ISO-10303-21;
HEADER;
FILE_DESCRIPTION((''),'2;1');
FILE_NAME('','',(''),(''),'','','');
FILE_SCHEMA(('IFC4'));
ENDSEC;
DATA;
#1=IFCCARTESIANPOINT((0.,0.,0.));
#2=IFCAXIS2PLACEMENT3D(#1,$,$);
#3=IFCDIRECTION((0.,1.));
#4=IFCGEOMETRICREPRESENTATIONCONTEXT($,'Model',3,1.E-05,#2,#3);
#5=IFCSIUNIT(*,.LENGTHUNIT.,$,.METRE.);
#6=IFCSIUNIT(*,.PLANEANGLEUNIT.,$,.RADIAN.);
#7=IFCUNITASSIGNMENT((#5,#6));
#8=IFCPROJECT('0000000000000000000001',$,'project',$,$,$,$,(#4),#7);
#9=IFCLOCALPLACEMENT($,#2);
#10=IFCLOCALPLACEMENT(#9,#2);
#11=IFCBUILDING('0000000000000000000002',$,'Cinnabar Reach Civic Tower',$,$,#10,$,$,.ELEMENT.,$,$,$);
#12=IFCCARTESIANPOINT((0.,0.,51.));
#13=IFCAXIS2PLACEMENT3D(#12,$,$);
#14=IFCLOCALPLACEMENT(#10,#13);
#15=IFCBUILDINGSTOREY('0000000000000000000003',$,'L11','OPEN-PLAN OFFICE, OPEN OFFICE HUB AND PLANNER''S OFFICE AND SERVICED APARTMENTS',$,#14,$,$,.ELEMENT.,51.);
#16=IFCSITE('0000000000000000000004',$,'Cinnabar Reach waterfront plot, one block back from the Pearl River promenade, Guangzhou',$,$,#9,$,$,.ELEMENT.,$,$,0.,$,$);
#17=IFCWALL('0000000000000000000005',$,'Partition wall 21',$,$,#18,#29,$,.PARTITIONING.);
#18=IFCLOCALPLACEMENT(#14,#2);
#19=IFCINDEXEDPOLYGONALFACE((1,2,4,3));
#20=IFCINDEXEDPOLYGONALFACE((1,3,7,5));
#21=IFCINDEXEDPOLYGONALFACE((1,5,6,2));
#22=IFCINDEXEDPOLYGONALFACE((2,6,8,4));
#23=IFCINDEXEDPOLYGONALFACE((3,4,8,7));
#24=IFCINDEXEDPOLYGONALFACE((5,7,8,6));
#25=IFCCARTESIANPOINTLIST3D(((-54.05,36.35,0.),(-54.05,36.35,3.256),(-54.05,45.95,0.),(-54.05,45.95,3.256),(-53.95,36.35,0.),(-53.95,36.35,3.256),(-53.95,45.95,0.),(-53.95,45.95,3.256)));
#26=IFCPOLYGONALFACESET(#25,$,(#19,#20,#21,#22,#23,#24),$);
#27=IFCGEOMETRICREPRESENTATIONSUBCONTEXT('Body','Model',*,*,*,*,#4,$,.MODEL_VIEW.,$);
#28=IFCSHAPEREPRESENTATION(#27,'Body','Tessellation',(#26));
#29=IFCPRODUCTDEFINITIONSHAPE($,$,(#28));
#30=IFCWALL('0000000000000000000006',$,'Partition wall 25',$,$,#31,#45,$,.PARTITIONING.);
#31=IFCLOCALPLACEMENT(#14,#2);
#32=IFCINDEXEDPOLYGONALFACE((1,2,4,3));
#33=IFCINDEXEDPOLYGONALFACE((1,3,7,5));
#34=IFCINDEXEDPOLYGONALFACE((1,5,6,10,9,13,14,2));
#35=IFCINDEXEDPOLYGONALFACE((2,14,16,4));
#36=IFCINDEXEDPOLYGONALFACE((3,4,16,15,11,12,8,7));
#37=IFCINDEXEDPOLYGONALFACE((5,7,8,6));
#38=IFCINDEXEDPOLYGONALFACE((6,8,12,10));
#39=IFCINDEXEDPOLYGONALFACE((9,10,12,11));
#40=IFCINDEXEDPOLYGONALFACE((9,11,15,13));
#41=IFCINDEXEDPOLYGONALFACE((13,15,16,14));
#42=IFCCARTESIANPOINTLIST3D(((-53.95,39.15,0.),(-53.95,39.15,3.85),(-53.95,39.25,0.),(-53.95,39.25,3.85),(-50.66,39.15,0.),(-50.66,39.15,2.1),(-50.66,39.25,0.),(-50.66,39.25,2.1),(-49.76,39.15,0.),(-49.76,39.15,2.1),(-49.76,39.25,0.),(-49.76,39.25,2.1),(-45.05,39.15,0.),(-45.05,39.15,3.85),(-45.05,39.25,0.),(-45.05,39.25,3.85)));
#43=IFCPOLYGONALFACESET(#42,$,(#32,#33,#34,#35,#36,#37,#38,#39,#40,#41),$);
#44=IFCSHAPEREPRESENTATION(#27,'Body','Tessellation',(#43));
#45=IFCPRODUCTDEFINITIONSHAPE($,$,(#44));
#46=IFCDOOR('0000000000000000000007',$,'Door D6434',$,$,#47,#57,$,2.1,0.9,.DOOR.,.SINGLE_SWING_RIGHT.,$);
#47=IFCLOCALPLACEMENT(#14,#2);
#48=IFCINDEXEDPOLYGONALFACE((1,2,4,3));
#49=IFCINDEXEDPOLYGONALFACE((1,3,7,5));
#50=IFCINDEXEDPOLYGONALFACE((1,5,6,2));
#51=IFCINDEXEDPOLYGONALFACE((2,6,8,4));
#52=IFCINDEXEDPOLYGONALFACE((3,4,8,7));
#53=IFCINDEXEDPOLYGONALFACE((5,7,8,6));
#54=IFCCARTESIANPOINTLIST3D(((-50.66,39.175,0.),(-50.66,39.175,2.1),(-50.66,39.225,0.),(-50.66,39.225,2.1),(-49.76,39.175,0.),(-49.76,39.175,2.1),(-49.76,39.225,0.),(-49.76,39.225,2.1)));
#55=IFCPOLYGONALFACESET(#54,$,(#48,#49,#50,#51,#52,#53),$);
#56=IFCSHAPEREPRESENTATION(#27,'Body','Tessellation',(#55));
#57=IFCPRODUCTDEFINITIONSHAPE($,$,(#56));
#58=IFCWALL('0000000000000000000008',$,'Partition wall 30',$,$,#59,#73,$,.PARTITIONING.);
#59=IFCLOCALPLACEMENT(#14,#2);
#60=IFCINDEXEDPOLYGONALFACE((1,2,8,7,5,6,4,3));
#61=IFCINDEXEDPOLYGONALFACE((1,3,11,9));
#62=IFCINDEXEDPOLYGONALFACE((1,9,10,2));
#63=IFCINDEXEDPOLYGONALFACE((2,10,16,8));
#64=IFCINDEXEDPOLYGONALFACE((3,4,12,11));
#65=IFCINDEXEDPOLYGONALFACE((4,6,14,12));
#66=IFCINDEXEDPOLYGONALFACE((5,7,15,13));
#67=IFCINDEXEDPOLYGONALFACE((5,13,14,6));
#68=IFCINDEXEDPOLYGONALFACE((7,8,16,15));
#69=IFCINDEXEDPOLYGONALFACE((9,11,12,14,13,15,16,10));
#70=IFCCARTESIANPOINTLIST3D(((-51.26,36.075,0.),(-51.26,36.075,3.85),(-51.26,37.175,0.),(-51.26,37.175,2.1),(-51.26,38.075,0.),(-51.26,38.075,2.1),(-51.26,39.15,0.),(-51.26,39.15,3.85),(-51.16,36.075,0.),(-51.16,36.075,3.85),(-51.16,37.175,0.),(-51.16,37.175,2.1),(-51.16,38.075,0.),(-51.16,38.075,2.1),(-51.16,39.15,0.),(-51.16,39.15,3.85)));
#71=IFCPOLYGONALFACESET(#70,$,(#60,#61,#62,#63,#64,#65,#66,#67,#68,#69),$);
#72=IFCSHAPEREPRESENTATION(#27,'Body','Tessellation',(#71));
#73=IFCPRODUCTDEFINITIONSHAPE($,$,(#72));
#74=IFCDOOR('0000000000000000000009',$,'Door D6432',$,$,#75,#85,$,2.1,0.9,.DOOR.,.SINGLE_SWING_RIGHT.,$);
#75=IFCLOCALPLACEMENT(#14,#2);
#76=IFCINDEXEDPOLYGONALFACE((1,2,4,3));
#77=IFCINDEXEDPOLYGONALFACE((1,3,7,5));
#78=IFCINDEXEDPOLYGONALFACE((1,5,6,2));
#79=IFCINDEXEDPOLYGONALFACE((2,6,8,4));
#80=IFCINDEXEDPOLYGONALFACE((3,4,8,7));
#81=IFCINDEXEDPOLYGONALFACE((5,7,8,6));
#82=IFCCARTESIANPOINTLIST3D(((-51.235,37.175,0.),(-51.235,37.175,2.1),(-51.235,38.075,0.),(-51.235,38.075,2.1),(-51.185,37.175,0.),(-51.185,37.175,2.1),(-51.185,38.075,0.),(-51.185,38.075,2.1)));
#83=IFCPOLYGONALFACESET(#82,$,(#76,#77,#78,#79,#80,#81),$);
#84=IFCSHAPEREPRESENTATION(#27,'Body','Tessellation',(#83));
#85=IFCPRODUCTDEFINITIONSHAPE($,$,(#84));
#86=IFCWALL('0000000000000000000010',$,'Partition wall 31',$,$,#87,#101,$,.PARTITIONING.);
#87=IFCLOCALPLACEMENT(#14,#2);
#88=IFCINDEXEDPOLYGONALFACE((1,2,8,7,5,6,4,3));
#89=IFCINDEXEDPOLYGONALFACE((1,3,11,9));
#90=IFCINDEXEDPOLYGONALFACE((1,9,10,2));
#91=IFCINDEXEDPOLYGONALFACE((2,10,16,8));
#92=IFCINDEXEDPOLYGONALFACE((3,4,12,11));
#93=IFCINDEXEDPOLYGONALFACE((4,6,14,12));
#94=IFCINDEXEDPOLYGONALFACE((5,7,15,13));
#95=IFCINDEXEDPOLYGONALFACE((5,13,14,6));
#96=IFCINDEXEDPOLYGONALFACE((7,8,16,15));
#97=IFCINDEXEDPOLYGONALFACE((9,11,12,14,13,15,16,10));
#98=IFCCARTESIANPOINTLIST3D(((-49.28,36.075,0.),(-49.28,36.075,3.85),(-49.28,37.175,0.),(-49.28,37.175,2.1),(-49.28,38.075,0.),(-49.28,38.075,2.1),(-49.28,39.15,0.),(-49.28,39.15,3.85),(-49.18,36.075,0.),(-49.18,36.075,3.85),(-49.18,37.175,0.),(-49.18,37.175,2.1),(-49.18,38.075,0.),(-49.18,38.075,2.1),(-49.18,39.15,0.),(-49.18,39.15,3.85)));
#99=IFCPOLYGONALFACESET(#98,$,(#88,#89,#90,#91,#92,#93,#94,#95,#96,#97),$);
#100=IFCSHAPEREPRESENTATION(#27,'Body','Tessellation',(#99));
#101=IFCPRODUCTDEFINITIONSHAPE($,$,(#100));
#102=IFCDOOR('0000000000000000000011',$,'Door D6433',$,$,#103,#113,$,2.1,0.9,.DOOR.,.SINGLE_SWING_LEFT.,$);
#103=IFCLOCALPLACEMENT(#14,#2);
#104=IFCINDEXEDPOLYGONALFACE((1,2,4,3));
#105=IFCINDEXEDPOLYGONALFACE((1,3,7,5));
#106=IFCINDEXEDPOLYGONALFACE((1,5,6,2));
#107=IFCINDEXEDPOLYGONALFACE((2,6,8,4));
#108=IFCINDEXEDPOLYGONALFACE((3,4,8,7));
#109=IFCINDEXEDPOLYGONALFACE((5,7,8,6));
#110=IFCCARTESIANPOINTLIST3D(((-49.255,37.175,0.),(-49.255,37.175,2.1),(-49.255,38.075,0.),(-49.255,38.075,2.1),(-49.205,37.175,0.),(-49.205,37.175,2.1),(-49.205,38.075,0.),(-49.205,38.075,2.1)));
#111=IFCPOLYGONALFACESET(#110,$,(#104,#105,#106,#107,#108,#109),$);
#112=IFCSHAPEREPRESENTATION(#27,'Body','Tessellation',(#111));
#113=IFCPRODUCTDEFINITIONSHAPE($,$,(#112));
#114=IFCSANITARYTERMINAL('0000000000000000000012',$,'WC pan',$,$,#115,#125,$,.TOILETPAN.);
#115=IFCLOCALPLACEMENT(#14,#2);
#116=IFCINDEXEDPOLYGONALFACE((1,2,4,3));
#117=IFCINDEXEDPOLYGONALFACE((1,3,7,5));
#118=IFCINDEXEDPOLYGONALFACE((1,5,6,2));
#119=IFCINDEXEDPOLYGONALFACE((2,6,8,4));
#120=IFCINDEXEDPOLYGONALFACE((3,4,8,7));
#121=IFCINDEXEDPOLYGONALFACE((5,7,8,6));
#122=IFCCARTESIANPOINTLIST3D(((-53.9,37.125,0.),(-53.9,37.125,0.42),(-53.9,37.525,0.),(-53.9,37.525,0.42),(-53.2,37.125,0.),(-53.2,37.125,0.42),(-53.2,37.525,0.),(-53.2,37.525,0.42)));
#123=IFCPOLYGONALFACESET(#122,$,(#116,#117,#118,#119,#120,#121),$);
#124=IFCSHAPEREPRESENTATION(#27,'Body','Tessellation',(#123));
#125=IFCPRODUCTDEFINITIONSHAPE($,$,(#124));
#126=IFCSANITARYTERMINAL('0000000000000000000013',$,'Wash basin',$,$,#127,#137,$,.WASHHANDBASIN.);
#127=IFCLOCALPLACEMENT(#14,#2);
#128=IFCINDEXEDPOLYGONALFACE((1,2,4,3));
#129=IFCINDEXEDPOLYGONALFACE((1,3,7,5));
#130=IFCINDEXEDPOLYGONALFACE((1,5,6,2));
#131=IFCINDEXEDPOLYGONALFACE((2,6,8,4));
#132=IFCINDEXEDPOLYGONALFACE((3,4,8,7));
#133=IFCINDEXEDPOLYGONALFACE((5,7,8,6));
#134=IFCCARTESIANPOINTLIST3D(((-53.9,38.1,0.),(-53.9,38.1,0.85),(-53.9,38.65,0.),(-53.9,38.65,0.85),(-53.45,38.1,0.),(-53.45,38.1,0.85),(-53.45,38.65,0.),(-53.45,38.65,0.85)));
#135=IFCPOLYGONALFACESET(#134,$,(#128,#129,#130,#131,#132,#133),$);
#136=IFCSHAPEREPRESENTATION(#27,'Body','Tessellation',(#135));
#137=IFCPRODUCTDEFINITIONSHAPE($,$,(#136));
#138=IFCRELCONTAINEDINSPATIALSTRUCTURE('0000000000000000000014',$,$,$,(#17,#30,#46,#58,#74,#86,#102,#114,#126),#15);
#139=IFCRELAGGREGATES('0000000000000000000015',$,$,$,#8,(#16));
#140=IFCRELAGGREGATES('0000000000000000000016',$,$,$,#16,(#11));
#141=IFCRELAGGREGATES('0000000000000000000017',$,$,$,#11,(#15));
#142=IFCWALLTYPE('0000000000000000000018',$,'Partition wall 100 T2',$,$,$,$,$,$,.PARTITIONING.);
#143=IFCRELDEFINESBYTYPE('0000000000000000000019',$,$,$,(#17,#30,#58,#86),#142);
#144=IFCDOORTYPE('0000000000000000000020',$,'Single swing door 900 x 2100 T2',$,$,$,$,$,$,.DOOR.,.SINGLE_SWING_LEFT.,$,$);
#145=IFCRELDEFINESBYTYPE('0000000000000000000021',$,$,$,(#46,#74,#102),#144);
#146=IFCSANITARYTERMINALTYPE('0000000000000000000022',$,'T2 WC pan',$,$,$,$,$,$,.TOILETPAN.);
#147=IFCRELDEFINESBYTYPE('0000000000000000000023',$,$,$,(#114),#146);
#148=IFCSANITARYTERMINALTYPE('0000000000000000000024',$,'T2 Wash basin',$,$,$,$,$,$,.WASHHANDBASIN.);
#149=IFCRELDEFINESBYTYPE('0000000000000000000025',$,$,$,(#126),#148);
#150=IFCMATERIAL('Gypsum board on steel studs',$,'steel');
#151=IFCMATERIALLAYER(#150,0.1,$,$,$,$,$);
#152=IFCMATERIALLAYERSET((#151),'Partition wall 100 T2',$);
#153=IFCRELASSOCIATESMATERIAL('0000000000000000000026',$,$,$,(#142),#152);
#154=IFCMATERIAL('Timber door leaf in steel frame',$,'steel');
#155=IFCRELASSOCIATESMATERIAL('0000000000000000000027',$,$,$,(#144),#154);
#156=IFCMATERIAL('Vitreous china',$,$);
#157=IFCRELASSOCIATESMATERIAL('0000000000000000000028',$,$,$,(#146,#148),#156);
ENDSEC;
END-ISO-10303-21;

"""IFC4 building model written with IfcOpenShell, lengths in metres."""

from ifc_helpers import new_model, si_unit, direction, frame, frame_2d, origin, origin_2d, place, context, subcontext, project, spatial, rectangle, extrude, material, layer, layer_set, type_object, element, fill, save


model = new_model("IFC4")

# Units and contexts
model_context = context("Model", 3, precision=1e-05, world=origin(), true_north=direction((0.0, 1.0)))
body_context = subcontext(model_context, "Body", "Model", "MODEL_VIEW")
ifc_project = project(units=[si_unit("LENGTHUNIT", "METRE"), si_unit("PLANEANGLEUNIT", "RADIAN")], contexts=[model_context])

# Site, building, storey
site_placement = place(None, origin())
site = spatial("IfcSite", under=ifc_project, at=site_placement, Name="Cinnabar Reach waterfront plot, one block back from the Pearl River promenade, Guangzhou", CompositionType="ELEMENT", RefElevation=0.0)
building_placement = place(site_placement, origin())
building = spatial("IfcBuilding", under=site, at=building_placement, Name="Cinnabar Reach Civic Tower", CompositionType="ELEMENT")
storey_placement = place(building_placement, frame((0.0, 0.0, 51.0)))
storey = spatial("IfcBuildingStorey", under=building, at=storey_placement, Name="L11", Description="OPEN-PLAN OFFICE, OPEN OFFICE HUB AND PLANNER'S OFFICE AND SERVICED APARTMENTS", CompositionType="ELEMENT", Elevation=51.0)

# Shared definitions
ifc_material_1 = material(Name="Timber door leaf in steel frame", Category="steel")

# Wall
ifc_material_2 = material(Name="Gypsum board on steel studs", Category="steel")
ifc_layer_1 = layer(ifc_material_2, 0.1)
ifc_layer_set_1 = layer_set([ifc_layer_1], Name="Partition wall 100 T2")
wall_type_1 = type_object("IfcWallType", Name="Partition wall 100 T2", PredefinedType="PARTITIONING", material=ifc_layer_set_1)
wall_1_placement = place(storey_placement, frame((-54.0, 36.35, 0.0), z_axis=(0.0, 0.0, 1.0), x_axis=(0.0, 1.0, 0.0)))
element("IfcWall", 1, at=wall_1_placement, inside=storey, type_object=wall_type_1, Name="Partition wall 21", PredefinedType="PARTITIONING", context=body_context, shape_type="SweptSolid", body=[
    extrude(rectangle(XDim=9.6, YDim=0.1, at=frame_2d((4.8, 0.0))), origin(), (0.0, 0.0, 1.0), 3.256),
])

# Walls, openings, doors
wall_2_placement = place(storey_placement, frame((-53.95, 39.2, 0.0), z_axis=(0.0, 0.0, 1.0), x_axis=(1.0, 0.0, 0.0)))
wall_2 = element("IfcWall", 2, at=wall_2_placement, inside=storey, type_object=wall_type_1, Name="Partition wall 25", PredefinedType="PARTITIONING", context=body_context, shape_type="SweptSolid", body=[
    extrude(rectangle(XDim=8.9, YDim=0.1, at=frame_2d((4.45, 0.0))), origin(), (0.0, 0.0, 1.0), 3.85),
])
opening_1_placement = place(wall_2_placement, frame((3.29, 0.0, 0.0)))
opening_1 = element("IfcOpeningElement", 3, at=opening_1_placement, cuts=wall_2, PredefinedType="OPENING", context=body_context, shape_type="SweptSolid", body=[
    extrude(rectangle(XDim=0.9, YDim=2.1, at=frame_2d((0.45, 1.05))), frame((0.0, 0.06, 0.0), z_axis=(0.0, -1.0, 0.0), x_axis=(1.0, 0.0, 0.0)), (0.0, 0.0, 1.0), 0.12),
])
door_type_1 = type_object("IfcDoorType", Name="Single swing door 900 x 2100 T2", OperationType="SINGLE_SWING_LEFT", PredefinedType="DOOR", material=ifc_material_1)
door_1_placement = place(opening_1_placement, frame((0.9, 0.0, 0.0), z_axis=(0.0, 0.0, 1.0), x_axis=(-1.0, 0.0, 0.0)))
door_1 = element("IfcDoor", 4, at=door_1_placement, inside=storey, type_object=door_type_1, Name="Door D6434", OperationType="SINGLE_SWING_RIGHT", OverallHeight=2.1, OverallWidth=0.9, PredefinedType="DOOR", context=body_context, shape_type="SweptSolid", body=[
    extrude(rectangle(XDim=0.9, YDim=2.1, at=frame_2d((0.45, 1.05))), frame((0.0, 0.025, 0.0), z_axis=(0.0, -1.0, 0.0), x_axis=(1.0, 0.0, 0.0)), (0.0, 0.0, 1.0), 0.05),
])
fill(opening_1, door_1)
wall_3_placement = place(storey_placement, frame((-51.21, 36.075, 0.0), z_axis=(0.0, 0.0, 1.0), x_axis=(0.0, 1.0, 0.0)))
wall_3 = element("IfcWall", 5, at=wall_3_placement, inside=storey, type_object=wall_type_1, Name="Partition wall 30", PredefinedType="PARTITIONING", context=body_context, shape_type="SweptSolid", body=[
    extrude(rectangle(XDim=3.075, YDim=0.1, at=frame_2d((1.5375, 0.0))), origin(), (0.0, 0.0, 1.0), 3.85),
])
opening_2_placement = place(wall_3_placement, frame((1.1, 0.0, 0.0)))
opening_2 = element("IfcOpeningElement", 6, at=opening_2_placement, cuts=wall_3, PredefinedType="OPENING", context=body_context, shape_type="SweptSolid", body=[
    extrude(rectangle(XDim=0.9, YDim=2.1, at=frame_2d((0.45, 1.05))), frame((0.0, 0.06, 0.0), z_axis=(0.0, -1.0, 0.0), x_axis=(1.0, 0.0, 0.0)), (0.0, 0.0, 1.0), 0.12),
])
door_2_placement = place(opening_2_placement, origin())
door_2 = element("IfcDoor", 7, at=door_2_placement, inside=storey, type_object=door_type_1, Name="Door D6432", OperationType="SINGLE_SWING_RIGHT", OverallHeight=2.1, OverallWidth=0.9, PredefinedType="DOOR", context=body_context, shape_type="SweptSolid", body=[
    extrude(rectangle(XDim=0.9, YDim=2.1, at=frame_2d((0.45, 1.05))), frame((0.0, 0.025, 0.0), z_axis=(0.0, -1.0, 0.0), x_axis=(1.0, 0.0, 0.0)), (0.0, 0.0, 1.0), 0.05),
])
fill(opening_2, door_2)
wall_4_placement = place(storey_placement, frame((-49.23, 36.075, 0.0), z_axis=(0.0, 0.0, 1.0), x_axis=(0.0, 1.0, 0.0)))
wall_4 = element("IfcWall", 8, at=wall_4_placement, inside=storey, type_object=wall_type_1, Name="Partition wall 31", PredefinedType="PARTITIONING", context=body_context, shape_type="SweptSolid", body=[
    extrude(rectangle(XDim=3.075, YDim=0.1, at=frame_2d((1.5375, 0.0))), origin(), (0.0, 0.0, 1.0), 3.85),
])
opening_3_placement = place(wall_4_placement, frame((1.1, 0.0, 0.0)))
opening_3 = element("IfcOpeningElement", 9, at=opening_3_placement, cuts=wall_4, PredefinedType="OPENING", context=body_context, shape_type="SweptSolid", body=[
    extrude(rectangle(XDim=0.9, YDim=2.1, at=frame_2d((0.45, 1.05))), frame((0.0, 0.06, 0.0), z_axis=(0.0, -1.0, 0.0), x_axis=(1.0, 0.0, 0.0)), (0.0, 0.0, 1.0), 0.12),
])
door_3_placement = place(opening_3_placement, origin())
door_3 = element("IfcDoor", 10, at=door_3_placement, inside=storey, type_object=door_type_1, Name="Door D6433", OperationType="SINGLE_SWING_LEFT", OverallHeight=2.1, OverallWidth=0.9, PredefinedType="DOOR", context=body_context, shape_type="SweptSolid", body=[
    extrude(rectangle(XDim=0.9, YDim=2.1, at=frame_2d((0.45, 1.05))), frame((0.0, 0.025, 0.0), z_axis=(0.0, -1.0, 0.0), x_axis=(1.0, 0.0, 0.0)), (0.0, 0.0, 1.0), 0.05),
])
fill(opening_3, door_3)

# Sanitary terminals
ifc_material_3 = material(Name="Vitreous china")
sanitary_terminal_type_1 = type_object("IfcSanitaryTerminalType", Name="T2 WC pan", PredefinedType="TOILETPAN", material=ifc_material_3)
sanitary_terminal_1_placement = place(storey_placement, frame((-53.55, 37.325, 0.0), z_axis=(0.0, 0.0, 1.0), x_axis=(1.0, 0.0, 0.0)))
element("IfcSanitaryTerminal", 11, at=sanitary_terminal_1_placement, inside=storey, type_object=sanitary_terminal_type_1, Name="WC pan", PredefinedType="TOILETPAN", context=body_context, shape_type="SweptSolid", body=[
    extrude(rectangle(XDim=0.7, YDim=0.4, at=origin_2d()), origin(), (0.0, 0.0, 1.0), 0.42),
])
sanitary_terminal_type_2 = type_object("IfcSanitaryTerminalType", Name="T2 Wash basin", PredefinedType="WASHHANDBASIN", material=ifc_material_3)
sanitary_terminal_2_placement = place(storey_placement, frame((-53.675, 38.375, 0.0), z_axis=(0.0, 0.0, 1.0), x_axis=(1.0, 0.0, 0.0)))
element("IfcSanitaryTerminal", 12, at=sanitary_terminal_2_placement, inside=storey, type_object=sanitary_terminal_type_2, Name="Wash basin", PredefinedType="WASHHANDBASIN", context=body_context, shape_type="SweptSolid", body=[
    extrude(rectangle(XDim=0.45, YDim=0.55, at=origin_2d()), origin(), (0.0, 0.0, 1.0), 0.85),
])

save(model, "model.ifc")
